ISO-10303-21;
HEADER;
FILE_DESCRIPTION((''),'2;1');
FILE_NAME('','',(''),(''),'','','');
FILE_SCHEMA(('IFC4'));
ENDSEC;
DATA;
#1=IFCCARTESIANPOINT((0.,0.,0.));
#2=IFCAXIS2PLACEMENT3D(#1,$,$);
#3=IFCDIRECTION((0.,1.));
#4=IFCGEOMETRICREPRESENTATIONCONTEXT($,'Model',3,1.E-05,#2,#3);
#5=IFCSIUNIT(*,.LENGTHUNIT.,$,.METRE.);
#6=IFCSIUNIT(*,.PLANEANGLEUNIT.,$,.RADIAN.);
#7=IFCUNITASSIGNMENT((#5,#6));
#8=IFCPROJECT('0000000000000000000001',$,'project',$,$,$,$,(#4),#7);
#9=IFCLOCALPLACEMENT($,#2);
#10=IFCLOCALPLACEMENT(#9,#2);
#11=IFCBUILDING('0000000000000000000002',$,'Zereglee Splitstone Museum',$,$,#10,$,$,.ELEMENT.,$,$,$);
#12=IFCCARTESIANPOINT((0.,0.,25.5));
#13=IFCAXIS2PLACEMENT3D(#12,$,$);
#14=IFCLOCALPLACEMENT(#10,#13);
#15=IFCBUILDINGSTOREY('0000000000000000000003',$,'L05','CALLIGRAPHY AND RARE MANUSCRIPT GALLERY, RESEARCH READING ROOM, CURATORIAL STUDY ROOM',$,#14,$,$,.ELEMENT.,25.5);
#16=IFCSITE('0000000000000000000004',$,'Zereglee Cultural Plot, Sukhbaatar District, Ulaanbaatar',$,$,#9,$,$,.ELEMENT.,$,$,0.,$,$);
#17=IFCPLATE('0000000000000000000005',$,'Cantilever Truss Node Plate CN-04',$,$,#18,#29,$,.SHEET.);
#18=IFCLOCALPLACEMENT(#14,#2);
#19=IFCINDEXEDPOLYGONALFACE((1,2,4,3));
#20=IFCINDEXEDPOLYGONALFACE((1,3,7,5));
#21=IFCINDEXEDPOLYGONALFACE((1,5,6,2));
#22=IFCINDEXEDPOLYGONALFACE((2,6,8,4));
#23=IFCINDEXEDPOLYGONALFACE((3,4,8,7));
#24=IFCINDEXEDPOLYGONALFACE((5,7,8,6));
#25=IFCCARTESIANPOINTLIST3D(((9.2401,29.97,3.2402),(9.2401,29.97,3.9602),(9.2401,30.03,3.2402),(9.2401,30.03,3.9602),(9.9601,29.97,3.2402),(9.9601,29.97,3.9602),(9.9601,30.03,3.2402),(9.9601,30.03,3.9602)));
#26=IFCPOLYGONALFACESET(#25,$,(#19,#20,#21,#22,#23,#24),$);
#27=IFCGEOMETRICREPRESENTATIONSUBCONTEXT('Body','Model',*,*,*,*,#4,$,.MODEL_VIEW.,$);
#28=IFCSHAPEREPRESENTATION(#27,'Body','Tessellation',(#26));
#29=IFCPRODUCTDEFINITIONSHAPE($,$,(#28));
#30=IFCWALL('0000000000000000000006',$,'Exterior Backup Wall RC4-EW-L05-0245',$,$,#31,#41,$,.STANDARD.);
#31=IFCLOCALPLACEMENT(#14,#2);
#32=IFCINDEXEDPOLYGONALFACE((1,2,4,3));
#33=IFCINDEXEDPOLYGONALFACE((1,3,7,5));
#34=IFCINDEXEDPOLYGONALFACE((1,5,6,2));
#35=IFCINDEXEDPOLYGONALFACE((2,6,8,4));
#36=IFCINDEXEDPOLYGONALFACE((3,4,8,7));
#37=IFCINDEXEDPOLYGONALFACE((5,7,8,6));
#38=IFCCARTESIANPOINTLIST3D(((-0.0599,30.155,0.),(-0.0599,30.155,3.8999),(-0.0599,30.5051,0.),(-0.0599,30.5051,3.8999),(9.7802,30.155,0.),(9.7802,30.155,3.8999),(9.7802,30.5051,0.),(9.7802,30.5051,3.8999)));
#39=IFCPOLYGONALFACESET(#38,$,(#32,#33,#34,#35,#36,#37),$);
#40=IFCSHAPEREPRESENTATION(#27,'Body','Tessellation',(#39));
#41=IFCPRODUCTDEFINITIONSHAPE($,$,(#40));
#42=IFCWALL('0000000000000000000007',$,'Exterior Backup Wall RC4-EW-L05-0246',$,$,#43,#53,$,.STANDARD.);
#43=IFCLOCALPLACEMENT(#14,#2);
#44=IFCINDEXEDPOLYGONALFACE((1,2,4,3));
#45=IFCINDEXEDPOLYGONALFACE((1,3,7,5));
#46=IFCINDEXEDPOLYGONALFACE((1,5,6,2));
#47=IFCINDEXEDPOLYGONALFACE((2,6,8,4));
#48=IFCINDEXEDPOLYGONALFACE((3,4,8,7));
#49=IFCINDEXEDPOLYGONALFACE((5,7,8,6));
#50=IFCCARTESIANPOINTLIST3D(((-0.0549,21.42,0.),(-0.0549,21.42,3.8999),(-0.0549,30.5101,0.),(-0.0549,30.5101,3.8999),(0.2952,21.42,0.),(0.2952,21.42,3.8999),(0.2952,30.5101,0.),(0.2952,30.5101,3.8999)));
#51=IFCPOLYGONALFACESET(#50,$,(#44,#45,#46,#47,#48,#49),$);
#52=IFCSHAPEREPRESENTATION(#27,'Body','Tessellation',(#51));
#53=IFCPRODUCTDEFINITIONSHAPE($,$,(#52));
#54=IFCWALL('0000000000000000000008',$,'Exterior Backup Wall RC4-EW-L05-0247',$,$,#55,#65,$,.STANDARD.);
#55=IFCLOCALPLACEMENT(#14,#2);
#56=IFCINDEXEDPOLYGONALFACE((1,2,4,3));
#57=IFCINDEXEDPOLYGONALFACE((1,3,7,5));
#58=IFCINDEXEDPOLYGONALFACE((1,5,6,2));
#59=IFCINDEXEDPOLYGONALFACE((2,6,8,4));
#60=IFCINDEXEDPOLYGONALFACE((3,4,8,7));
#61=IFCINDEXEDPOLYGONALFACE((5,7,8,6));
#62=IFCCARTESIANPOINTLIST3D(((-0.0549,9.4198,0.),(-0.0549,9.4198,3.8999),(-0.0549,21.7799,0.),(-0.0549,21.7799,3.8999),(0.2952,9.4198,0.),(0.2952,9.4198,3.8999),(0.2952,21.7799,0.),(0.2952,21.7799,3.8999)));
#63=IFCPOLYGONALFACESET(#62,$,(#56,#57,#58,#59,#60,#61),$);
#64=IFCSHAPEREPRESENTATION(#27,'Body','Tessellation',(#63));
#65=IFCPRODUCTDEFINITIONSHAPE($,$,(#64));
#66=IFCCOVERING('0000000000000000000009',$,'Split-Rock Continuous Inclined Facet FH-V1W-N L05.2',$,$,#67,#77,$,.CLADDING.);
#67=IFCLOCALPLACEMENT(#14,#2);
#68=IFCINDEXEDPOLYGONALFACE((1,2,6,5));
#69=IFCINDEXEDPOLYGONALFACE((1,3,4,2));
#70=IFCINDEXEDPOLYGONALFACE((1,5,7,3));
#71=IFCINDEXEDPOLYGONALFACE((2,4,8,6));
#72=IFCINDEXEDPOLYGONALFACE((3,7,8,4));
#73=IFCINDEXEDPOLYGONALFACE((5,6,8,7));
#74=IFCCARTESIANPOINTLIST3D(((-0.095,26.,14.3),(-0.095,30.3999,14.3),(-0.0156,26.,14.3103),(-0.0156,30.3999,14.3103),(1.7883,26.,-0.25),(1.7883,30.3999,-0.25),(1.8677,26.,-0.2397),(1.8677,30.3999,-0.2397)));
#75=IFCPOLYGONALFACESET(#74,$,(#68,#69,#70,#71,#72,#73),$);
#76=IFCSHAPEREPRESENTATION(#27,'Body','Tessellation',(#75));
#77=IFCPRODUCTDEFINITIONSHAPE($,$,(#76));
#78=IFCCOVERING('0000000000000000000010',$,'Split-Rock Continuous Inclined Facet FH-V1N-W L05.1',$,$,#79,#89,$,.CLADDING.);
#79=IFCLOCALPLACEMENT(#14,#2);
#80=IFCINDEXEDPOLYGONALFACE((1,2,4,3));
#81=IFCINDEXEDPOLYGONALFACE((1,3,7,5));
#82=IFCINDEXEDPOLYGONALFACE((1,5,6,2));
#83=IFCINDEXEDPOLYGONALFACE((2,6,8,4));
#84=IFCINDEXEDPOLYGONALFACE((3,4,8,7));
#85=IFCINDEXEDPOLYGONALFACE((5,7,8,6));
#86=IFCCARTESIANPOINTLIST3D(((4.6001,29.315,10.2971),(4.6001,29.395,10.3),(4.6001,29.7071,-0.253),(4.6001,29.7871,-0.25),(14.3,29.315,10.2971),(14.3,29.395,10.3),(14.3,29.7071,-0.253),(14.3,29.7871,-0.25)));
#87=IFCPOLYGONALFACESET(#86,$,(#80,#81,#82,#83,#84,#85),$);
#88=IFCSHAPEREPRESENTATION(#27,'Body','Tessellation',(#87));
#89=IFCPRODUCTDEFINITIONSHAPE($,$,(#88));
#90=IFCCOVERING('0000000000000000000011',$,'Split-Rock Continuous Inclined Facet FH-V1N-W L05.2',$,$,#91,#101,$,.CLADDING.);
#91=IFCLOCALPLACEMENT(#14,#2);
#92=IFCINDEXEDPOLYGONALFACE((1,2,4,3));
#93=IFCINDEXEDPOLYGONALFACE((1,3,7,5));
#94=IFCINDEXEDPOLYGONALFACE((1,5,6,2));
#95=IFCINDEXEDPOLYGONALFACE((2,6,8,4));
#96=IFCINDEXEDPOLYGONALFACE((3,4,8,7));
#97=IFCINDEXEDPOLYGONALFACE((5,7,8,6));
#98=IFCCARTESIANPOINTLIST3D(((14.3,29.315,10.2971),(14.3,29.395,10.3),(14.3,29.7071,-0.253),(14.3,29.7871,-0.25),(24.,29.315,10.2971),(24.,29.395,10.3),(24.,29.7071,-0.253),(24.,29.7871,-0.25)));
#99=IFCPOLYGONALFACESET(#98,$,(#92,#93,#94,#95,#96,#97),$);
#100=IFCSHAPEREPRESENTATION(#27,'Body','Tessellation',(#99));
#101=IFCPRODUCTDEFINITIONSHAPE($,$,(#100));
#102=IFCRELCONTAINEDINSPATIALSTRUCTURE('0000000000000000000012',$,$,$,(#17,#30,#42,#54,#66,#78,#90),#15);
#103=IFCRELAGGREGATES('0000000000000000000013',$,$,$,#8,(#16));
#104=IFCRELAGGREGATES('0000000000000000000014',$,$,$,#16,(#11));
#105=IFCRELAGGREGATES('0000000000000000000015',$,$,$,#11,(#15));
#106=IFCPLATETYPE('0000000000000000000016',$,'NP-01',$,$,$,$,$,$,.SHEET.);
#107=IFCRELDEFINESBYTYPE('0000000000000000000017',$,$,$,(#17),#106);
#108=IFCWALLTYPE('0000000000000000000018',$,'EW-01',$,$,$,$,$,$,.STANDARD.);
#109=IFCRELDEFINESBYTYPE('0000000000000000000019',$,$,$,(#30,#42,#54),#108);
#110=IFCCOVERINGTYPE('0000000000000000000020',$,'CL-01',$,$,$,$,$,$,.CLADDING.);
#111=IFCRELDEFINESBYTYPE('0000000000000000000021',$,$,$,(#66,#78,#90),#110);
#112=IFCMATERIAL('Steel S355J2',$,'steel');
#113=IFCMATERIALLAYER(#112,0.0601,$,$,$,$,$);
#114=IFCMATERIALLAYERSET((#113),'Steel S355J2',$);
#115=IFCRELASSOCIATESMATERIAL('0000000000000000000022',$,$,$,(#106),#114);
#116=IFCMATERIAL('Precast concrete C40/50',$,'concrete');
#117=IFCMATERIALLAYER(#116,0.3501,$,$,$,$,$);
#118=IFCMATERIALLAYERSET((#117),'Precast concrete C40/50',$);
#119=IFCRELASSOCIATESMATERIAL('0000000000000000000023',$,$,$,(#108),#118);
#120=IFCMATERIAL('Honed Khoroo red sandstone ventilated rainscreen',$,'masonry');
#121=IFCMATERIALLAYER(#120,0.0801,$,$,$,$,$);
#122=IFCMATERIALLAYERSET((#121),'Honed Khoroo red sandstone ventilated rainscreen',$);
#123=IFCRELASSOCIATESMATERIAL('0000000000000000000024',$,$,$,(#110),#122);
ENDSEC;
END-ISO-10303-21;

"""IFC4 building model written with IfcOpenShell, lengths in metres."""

from ifc_helpers import new_model, si_unit, direction, frame, frame_2d, origin, origin_2d, place, context, subcontext, project, spatial, polyline, rectangle, outline, extrude, material, layer, layer_set, type_object, element, save


model = new_model("IFC4")

# Units and contexts
model_context = context("Model", 3, precision=1e-05, world=origin(), true_north=direction((0.0, 1.0)))
body_context = subcontext(model_context, "Body", "Model", "MODEL_VIEW")
ifc_project = project(units=[si_unit("LENGTHUNIT", "METRE"), si_unit("PLANEANGLEUNIT", "RADIAN")], contexts=[model_context])

# Site, building, storey
site_placement = place(None, origin())
site = spatial("IfcSite", under=ifc_project, at=site_placement, Name="Zereglee Cultural Plot, Sukhbaatar District, Ulaanbaatar", CompositionType="ELEMENT", RefElevation=0.0)
building_placement = place(site_placement, origin())
building = spatial("IfcBuilding", under=site, at=building_placement, Name="Zereglee Splitstone Museum", CompositionType="ELEMENT")
storey_placement = place(building_placement, frame((0.0, 0.0, 25.5)))
storey = spatial("IfcBuildingStorey", under=building, at=storey_placement, Name="L05", Description="CALLIGRAPHY AND RARE MANUSCRIPT GALLERY, RESEARCH READING ROOM, CURATORIAL STUDY ROOM", CompositionType="ELEMENT", Elevation=25.5)

# Shared definitions
ifc_material_1 = material(Name="Steel S355J2", Category="steel")

# Plate
ifc_layer_1 = layer(ifc_material_1, 0.0601)
ifc_layer_set_1 = layer_set([ifc_layer_1], Name="Steel S355J2")
plate_type_1 = type_object("IfcPlateType", Name="NP-01", PredefinedType="SHEET", material=ifc_layer_set_1)
plate_1_placement = place(storey_placement, frame((9.6001, 30.0, 3.2402), z_axis=(0.0, 0.0, 1.0), x_axis=(1.0, 0.0, 0.0)))
element("IfcPlate", 1, at=plate_1_placement, inside=storey, type_object=plate_type_1, Name="Cantilever Truss Node Plate CN-04", PredefinedType="SHEET", context=body_context, shape_type="SweptSolid", body=[
    extrude(rectangle(XDim=0.72, YDim=0.0601, at=origin_2d()), origin(), (0.0, 0.0, 1.0), 0.72),
])

# Walls
ifc_material_2 = material(Name="Precast concrete C40/50", Category="concrete")
ifc_layer_2 = layer(ifc_material_2, 0.3501)
ifc_layer_set_2 = layer_set([ifc_layer_2], Name="Precast concrete C40/50")
wall_type = type_object("IfcWallType", Name="EW-01", PredefinedType="STANDARD", material=ifc_layer_set_2)
wall_1_placement = place(storey_placement, frame((9.78, 30.3301, 0.0), z_axis=(0.0, 0.0, 1.0), x_axis=(-1.0, 0.0, 0.0)))
element("IfcWall", 2, at=wall_1_placement, inside=storey, type_object=wall_type, Name="Exterior Backup Wall RC4-EW-L05-0245", PredefinedType="STANDARD", context=body_context, shape_type="SweptSolid", body=[
    extrude(rectangle(XDim=9.8401, YDim=0.3501, at=frame_2d((4.9199, 0.0))), origin(), (0.0, 0.0, 1.0), 3.8999),
])
wall_2_placement = place(storey_placement, frame((0.1201, 30.51, 0.0), z_axis=(0.0, 0.0, 1.0), x_axis=(0.0, -1.0, 0.0)))
element("IfcWall", 3, at=wall_2_placement, inside=storey, type_object=wall_type, Name="Exterior Backup Wall RC4-EW-L05-0246", PredefinedType="STANDARD", context=body_context, shape_type="SweptSolid", body=[
    extrude(rectangle(XDim=9.0901, YDim=0.3501, at=frame_2d((4.5449, 0.0))), origin(), (0.0, 0.0, 1.0), 3.8999),
])
wall_3_placement = place(storey_placement, frame((0.1201, 21.78, 0.0), z_axis=(0.0, 0.0, 1.0), x_axis=(0.0, -1.0, 0.0)))
element("IfcWall", 4, at=wall_3_placement, inside=storey, type_object=wall_type, Name="Exterior Backup Wall RC4-EW-L05-0247", PredefinedType="STANDARD", context=body_context, shape_type="SweptSolid", body=[
    extrude(rectangle(XDim=12.3601, YDim=0.3501, at=frame_2d((6.1802, 0.0))), origin(), (0.0, 0.0, 1.0), 3.8999),
])

# Coverings
ifc_material_3 = material(Name="Honed Khoroo red sandstone ventilated rainscreen", Category="masonry")
ifc_layer_3 = layer(ifc_material_3, 0.0801)
ifc_layer_set_3 = layer_set([ifc_layer_3], Name="Honed Khoroo red sandstone ventilated rainscreen")
covering_type = type_object("IfcCoveringType", Name="CL-01", PredefinedType="CLADDING", material=ifc_layer_set_3)
covering_placement = place(storey_placement, frame((-0.095, 26.0, 14.3), z_axis=(-0.991727, 0.0, -0.128365), x_axis=(0.0, 1.0, 0.0)))
element("IfcCovering", 5, at=covering_placement, inside=storey, type_object=covering_type, Name="Split-Rock Continuous Inclined Facet FH-V1W-N L05.2", PredefinedType="CLADDING", context=body_context, shape_type="SweptSolid", body=[
    extrude(outline(polyline([(0.0, 0.0), (4.3999, 0.0), (4.3999, 14.6714), (0.0, 14.6714), (0.0, 0.0)])), origin(), (0.0, 0.0, -1.0), 0.0801),
])
for number, where, z_axis, x_axis, name in (
    (6, (4.6001, 29.395, 10.3), (0.0, 0.99931, 0.037139), (1.0, 0.0, 0.0), "Split-Rock Continuous Inclined Facet FH-V1N-W L05.1"),
    (7, (14.3, 29.395, 10.3), (0.0, 0.99931, 0.037139), (1.0, 0.0, 0.0), "Split-Rock Continuous Inclined Facet FH-V1N-W L05.2"),
):
    element("IfcCovering", number, at=place(storey_placement, frame(where, z_axis=z_axis, x_axis=x_axis)), inside=storey, type_object=covering_type, Name=name, PredefinedType="CLADDING", context=body_context, shape_type="SweptSolid", body=[
        extrude(outline(polyline([(0.0, 0.0), (9.7, 0.0), (9.7, 10.5573), (0.0, 10.5573), (0.0, 0.0)])), origin(), (0.0, 0.0, -1.0), 0.0801),
    ])

save(model, "model.ifc")
